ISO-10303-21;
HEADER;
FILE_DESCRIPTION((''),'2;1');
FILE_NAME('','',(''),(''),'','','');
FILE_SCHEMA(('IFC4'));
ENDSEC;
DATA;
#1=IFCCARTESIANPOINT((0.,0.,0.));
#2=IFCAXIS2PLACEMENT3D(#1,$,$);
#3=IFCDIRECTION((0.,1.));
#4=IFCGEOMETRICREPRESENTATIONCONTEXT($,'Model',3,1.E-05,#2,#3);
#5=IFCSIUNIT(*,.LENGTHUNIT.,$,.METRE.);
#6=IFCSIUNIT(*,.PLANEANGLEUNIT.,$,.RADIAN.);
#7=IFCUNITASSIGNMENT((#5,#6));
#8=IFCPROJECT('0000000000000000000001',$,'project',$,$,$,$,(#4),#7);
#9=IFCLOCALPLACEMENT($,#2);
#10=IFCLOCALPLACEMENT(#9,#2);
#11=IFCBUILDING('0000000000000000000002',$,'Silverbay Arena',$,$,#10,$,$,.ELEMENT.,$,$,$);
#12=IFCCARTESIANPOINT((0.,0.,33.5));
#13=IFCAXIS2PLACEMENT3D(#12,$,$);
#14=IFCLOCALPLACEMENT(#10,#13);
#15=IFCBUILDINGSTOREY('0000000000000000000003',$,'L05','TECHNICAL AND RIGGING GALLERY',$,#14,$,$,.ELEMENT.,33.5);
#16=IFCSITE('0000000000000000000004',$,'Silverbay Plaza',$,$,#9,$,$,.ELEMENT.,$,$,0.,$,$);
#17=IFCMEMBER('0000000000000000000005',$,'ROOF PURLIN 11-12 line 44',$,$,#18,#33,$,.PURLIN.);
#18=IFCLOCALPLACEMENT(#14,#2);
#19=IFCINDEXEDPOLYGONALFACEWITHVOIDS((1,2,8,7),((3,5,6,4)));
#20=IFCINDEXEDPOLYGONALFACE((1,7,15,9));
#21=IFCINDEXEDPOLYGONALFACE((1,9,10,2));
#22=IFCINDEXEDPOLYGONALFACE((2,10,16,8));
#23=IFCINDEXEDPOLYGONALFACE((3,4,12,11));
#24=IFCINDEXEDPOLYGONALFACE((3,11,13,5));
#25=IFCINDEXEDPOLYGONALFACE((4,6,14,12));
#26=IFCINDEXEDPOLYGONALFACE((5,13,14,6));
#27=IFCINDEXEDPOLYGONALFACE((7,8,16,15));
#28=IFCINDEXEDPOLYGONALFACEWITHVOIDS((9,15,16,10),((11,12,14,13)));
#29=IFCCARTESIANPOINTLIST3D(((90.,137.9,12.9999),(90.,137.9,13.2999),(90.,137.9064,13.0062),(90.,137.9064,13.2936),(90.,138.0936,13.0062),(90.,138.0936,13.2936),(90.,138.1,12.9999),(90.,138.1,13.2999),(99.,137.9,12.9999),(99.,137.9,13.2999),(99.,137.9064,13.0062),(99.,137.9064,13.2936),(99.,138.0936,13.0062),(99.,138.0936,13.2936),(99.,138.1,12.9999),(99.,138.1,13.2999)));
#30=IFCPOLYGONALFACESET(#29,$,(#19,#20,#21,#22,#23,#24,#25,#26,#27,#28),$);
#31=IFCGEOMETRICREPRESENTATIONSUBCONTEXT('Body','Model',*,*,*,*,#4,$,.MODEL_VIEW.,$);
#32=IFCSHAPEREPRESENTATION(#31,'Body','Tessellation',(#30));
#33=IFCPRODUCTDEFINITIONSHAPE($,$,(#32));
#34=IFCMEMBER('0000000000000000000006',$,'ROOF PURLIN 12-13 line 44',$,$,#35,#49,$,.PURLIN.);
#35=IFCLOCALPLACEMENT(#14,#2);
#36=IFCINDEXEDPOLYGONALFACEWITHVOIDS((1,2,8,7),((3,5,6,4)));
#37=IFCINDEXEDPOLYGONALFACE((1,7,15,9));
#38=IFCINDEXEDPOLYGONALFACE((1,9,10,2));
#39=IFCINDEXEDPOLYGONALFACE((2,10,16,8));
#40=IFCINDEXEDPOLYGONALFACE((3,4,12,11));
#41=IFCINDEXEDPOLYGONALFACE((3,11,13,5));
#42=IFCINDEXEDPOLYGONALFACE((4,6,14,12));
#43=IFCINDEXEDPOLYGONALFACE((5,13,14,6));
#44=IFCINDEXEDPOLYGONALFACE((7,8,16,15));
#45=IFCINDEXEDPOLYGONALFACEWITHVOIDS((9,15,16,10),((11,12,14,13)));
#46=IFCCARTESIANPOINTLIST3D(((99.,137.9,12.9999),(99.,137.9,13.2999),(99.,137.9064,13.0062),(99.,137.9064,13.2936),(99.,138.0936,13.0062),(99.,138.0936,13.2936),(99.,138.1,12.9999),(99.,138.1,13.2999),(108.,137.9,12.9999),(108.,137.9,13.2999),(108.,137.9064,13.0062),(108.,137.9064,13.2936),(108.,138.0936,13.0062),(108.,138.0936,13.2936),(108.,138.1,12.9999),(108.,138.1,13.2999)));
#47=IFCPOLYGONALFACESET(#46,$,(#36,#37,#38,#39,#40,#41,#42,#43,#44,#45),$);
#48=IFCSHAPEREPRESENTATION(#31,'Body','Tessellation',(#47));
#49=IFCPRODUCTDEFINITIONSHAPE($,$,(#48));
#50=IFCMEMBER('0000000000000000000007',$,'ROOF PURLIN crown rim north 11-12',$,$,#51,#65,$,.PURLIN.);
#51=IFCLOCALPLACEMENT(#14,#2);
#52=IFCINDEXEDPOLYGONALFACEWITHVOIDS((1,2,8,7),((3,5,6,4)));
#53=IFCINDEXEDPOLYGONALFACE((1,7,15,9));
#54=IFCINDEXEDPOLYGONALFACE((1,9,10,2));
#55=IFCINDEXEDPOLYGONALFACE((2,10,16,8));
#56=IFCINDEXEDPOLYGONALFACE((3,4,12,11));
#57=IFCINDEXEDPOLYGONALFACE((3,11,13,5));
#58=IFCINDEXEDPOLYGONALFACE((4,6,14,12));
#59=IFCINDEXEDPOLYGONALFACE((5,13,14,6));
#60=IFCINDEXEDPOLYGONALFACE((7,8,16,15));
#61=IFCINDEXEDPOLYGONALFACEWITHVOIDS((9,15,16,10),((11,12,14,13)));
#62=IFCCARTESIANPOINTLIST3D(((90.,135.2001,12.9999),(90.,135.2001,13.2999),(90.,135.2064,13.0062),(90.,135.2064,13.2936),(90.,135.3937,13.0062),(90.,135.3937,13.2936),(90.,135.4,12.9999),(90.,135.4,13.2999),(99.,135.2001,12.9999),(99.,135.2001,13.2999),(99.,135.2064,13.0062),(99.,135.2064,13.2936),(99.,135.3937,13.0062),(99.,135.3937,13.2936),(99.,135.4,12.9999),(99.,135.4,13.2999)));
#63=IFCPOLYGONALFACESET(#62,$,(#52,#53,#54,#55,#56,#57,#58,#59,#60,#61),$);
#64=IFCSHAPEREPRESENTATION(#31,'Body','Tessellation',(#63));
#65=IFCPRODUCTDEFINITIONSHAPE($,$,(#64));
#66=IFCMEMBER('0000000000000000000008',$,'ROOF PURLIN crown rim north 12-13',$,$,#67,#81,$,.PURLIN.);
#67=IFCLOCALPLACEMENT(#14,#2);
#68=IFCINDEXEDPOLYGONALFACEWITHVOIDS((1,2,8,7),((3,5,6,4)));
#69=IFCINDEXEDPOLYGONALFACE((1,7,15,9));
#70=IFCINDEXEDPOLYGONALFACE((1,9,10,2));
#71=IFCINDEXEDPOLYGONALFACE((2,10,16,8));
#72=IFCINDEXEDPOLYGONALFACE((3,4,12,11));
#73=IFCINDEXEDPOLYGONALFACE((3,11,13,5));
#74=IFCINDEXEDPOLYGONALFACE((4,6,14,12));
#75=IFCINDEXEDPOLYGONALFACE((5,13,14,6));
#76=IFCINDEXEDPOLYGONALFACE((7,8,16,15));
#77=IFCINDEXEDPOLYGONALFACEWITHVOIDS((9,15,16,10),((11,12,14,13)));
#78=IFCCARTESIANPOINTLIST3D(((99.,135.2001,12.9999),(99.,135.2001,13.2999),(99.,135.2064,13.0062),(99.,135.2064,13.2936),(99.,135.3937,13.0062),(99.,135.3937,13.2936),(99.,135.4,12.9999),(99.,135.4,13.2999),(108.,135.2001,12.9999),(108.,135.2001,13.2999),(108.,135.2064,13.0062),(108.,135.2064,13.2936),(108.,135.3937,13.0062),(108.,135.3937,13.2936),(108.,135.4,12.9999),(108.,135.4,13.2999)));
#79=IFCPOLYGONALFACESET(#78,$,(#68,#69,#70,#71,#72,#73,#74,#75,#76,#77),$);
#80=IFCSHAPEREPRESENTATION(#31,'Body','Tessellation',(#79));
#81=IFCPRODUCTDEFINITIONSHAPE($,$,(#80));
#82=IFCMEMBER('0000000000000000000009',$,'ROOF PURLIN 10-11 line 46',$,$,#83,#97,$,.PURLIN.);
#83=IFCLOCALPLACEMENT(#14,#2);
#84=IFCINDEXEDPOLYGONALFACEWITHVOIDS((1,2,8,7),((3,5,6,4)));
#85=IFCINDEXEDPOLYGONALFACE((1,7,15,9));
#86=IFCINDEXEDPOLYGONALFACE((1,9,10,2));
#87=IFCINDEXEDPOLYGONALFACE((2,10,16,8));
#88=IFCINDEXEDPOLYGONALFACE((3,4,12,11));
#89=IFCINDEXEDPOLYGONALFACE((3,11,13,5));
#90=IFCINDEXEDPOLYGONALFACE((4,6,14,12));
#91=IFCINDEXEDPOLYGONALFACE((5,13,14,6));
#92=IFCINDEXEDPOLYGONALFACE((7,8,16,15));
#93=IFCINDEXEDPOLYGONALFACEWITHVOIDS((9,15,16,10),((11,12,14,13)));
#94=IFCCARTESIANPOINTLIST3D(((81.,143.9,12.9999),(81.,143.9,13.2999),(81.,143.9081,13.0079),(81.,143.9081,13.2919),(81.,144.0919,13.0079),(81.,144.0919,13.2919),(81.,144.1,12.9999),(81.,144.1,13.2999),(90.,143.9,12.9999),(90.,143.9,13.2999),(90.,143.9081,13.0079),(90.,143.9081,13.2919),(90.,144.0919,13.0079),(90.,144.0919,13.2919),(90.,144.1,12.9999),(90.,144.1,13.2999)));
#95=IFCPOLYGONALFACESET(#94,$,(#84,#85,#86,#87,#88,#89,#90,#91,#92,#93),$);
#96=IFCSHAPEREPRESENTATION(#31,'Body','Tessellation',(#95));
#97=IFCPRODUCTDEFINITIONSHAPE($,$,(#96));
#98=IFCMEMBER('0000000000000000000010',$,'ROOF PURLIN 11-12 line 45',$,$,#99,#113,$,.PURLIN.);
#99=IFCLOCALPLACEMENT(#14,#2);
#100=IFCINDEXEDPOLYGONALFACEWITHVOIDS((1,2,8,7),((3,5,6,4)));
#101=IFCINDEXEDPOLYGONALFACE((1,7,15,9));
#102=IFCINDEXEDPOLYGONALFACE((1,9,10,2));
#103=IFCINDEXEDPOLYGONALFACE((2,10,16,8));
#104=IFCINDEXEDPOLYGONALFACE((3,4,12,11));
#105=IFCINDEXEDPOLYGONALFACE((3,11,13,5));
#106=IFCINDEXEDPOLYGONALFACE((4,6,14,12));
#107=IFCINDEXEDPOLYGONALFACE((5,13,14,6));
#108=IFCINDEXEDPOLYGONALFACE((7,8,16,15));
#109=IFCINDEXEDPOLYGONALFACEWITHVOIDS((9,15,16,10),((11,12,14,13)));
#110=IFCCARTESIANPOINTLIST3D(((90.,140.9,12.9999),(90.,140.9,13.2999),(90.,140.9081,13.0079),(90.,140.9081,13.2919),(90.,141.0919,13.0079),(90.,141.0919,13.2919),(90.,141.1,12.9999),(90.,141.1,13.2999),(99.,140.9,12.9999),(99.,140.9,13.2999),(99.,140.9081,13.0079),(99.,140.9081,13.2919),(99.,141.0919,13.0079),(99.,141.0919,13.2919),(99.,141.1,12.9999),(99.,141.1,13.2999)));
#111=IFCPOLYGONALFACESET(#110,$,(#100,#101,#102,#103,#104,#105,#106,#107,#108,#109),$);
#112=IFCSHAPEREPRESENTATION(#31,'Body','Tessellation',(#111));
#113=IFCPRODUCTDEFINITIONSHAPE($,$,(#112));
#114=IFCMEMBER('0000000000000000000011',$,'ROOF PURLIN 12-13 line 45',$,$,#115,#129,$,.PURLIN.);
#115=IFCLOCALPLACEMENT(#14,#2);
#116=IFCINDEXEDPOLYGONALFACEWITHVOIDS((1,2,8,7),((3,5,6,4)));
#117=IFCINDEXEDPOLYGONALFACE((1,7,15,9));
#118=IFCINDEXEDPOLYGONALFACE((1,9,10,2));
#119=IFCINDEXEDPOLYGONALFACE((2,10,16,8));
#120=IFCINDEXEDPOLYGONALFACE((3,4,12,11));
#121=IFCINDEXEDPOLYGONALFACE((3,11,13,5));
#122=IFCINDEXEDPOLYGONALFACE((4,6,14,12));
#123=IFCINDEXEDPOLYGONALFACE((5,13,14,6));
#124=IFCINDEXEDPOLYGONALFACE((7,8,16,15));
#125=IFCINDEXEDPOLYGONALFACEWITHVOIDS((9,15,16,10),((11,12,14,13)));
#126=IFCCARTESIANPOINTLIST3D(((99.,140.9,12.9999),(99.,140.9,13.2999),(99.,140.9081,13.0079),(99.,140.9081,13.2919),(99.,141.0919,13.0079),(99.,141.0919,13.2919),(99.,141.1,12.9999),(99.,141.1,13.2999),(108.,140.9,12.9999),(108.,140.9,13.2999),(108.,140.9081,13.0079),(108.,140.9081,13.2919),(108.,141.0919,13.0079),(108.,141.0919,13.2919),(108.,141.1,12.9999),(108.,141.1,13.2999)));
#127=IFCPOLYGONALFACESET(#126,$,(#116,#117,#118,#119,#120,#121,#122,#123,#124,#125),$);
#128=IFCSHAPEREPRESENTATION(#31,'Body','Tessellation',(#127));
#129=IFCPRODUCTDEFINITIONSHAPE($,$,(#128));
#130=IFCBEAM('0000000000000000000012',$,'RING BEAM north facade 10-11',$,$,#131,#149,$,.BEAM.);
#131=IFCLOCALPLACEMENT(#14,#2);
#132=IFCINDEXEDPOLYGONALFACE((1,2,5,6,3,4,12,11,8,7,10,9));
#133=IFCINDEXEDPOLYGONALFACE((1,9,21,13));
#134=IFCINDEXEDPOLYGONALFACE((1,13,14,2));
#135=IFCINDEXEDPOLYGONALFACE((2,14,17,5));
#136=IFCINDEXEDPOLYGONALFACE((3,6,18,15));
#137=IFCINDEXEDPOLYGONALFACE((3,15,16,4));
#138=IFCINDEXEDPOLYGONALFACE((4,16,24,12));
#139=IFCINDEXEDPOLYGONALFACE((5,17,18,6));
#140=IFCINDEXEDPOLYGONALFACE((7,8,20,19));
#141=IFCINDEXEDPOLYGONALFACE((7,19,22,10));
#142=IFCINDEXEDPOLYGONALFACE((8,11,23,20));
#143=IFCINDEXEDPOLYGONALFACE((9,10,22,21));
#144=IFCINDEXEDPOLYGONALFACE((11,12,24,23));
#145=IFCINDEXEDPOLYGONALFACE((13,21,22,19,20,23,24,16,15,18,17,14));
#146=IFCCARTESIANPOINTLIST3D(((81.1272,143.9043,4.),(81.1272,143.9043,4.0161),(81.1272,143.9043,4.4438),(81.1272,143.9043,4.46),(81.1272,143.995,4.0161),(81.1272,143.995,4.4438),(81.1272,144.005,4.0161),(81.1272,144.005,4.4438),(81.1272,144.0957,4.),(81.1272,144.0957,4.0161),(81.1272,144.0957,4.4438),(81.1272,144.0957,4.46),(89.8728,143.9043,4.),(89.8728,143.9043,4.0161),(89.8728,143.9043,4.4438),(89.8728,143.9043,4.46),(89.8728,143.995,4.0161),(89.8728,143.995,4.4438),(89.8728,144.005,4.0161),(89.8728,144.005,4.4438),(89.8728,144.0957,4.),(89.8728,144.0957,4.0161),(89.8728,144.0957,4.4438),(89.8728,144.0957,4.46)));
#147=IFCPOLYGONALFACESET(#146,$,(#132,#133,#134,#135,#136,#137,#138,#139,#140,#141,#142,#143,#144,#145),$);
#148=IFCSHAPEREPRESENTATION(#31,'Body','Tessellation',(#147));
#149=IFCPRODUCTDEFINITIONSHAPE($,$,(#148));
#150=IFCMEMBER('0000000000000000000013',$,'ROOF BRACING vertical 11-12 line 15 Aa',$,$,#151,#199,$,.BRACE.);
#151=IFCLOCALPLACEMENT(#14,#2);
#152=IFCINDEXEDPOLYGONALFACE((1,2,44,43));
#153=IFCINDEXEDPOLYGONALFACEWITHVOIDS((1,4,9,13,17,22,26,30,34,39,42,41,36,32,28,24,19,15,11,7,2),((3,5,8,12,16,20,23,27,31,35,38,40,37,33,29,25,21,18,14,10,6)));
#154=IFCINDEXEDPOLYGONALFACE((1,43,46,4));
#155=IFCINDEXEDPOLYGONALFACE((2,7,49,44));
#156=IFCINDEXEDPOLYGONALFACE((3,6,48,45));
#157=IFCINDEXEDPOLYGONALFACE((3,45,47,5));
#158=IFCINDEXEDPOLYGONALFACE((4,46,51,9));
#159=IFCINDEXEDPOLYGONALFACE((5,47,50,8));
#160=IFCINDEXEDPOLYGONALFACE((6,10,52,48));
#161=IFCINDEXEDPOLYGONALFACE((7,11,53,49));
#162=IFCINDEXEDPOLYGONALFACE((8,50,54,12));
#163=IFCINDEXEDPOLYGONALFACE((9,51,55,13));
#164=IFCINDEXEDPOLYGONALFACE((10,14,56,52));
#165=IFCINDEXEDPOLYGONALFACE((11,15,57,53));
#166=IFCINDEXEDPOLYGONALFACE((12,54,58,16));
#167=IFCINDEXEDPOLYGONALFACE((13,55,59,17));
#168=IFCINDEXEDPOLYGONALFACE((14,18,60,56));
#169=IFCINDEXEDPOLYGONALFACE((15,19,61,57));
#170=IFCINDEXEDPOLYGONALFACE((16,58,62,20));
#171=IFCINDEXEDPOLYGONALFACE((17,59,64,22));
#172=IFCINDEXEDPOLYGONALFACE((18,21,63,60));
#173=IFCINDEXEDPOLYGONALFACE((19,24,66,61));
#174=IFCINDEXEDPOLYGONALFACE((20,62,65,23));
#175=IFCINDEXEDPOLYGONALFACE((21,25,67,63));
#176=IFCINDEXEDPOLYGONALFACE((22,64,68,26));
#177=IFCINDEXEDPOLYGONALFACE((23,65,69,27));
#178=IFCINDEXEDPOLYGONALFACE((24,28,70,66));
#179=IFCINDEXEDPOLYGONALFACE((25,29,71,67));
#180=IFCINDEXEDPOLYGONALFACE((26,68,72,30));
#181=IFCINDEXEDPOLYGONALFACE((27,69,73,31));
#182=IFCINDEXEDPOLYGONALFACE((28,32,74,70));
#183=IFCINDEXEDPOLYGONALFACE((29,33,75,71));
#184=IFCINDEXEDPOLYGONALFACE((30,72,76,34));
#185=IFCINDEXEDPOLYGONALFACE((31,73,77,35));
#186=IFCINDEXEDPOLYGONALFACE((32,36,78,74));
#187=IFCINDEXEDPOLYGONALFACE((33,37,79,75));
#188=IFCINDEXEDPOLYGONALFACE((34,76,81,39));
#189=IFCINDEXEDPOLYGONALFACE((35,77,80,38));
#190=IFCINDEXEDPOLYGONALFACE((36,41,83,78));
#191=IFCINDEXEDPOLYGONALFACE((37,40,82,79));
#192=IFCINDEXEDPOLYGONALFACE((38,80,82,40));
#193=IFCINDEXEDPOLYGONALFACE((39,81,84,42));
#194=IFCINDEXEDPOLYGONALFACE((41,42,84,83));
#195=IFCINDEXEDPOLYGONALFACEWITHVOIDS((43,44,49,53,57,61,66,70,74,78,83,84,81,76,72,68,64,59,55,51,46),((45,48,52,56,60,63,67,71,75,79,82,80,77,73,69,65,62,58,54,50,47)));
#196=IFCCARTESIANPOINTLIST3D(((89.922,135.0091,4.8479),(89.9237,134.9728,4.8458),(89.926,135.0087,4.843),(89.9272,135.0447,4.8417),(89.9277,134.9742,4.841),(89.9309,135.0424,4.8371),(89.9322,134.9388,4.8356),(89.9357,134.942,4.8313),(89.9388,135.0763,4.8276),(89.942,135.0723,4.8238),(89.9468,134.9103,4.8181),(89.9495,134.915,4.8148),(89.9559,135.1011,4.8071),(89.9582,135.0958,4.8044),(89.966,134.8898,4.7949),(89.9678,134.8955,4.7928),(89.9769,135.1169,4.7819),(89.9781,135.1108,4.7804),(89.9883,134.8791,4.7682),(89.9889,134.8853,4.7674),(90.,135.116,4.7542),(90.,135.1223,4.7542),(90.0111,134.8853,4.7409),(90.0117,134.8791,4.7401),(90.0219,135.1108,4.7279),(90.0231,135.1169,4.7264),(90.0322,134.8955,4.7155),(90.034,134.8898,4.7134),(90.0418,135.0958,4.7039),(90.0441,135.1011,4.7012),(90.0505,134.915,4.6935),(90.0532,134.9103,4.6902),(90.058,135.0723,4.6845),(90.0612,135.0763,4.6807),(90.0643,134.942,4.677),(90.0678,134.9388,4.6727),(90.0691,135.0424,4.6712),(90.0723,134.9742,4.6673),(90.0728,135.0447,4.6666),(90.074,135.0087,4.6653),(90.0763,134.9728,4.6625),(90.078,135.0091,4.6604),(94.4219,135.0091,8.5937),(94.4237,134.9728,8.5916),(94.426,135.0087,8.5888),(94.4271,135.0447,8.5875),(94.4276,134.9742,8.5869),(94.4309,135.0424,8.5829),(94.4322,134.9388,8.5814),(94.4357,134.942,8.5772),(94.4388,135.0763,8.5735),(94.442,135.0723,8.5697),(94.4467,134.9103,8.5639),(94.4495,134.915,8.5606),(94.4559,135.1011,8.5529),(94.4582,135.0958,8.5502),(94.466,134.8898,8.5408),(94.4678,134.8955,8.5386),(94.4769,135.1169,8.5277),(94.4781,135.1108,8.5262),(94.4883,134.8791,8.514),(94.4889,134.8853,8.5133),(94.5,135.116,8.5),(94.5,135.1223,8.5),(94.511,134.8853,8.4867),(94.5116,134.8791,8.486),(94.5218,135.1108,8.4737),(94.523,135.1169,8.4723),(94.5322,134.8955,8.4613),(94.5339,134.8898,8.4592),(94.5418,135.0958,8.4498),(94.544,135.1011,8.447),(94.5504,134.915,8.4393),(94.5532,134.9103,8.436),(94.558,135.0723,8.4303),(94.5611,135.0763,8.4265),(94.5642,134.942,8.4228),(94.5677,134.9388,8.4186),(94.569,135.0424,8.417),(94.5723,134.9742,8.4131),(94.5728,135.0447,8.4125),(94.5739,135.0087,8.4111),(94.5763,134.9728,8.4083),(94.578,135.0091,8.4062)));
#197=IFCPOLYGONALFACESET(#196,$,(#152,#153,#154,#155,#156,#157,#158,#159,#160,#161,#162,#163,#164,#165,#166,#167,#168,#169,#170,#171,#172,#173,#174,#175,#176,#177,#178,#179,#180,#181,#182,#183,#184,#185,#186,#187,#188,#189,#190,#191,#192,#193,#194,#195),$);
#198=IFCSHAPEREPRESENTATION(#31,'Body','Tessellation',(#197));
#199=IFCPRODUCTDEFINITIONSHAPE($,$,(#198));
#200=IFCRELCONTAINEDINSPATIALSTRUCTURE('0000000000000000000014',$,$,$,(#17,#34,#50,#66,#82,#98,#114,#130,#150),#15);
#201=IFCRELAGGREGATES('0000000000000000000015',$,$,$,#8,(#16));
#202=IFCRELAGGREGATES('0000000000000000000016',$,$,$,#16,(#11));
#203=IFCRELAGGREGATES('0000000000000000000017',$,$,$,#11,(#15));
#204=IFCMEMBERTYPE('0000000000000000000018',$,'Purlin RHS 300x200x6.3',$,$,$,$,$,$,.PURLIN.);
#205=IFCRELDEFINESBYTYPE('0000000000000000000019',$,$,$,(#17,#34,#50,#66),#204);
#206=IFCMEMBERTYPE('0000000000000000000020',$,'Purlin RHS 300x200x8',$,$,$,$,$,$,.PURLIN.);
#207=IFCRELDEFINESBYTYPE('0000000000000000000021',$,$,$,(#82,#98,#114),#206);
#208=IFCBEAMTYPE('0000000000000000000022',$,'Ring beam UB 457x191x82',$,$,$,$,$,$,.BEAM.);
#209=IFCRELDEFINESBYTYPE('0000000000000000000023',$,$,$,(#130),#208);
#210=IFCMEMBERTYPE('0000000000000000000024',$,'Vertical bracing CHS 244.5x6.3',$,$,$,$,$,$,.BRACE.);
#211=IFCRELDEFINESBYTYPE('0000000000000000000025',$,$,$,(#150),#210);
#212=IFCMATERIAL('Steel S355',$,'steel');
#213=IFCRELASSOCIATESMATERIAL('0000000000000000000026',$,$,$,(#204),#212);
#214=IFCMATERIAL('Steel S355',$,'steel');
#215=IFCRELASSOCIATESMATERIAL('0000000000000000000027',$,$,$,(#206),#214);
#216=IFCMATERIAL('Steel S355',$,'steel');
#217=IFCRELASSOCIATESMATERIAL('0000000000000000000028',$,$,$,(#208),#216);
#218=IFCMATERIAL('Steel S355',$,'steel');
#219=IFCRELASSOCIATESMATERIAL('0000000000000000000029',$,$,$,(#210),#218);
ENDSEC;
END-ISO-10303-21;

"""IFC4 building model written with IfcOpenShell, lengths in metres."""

from ifc_helpers import new_model, si_unit, direction, frame, origin, origin_2d, place, context, subcontext, project, spatial, hollow_rectangle, hollow_circle, i_section, extrude, material, material_profile, profile_set, type_object, element, save


model = new_model("IFC4")

# Units and contexts
model_context = context("Model", 3, precision=1e-05, world=origin(), true_north=direction((0.0, 1.0)))
body_context = subcontext(model_context, "Body", "Model", "MODEL_VIEW")
ifc_project = project(units=[si_unit("LENGTHUNIT", "METRE"), si_unit("PLANEANGLEUNIT", "RADIAN")], contexts=[model_context])

# Site, building, storey
site_placement = place(None, origin())
site = spatial("IfcSite", under=ifc_project, at=site_placement, Name="Silverbay Plaza", CompositionType="ELEMENT", RefElevation=0.0)
building_placement = place(site_placement, origin())
building = spatial("IfcBuilding", under=site, at=building_placement, Name="Silverbay Arena", CompositionType="ELEMENT")
storey_placement = place(building_placement, frame((0.0, 0.0, 33.5)))
storey = spatial("IfcBuildingStorey", under=building, at=storey_placement, Name="L05", Description="TECHNICAL AND RIGGING GALLERY", CompositionType="ELEMENT", Elevation=33.5)

# Members
ifc_material_1 = material(Name="Steel S355", Category="steel")
ifc_material_profile_1 = material_profile(ifc_material_1, hollow_rectangle(XDim=0.2, YDim=0.3, WallThickness=0.0063, at=origin_2d()), Name="RHS 300x200x6.3")
ifc_profile_set_1 = profile_set([ifc_material_profile_1], Name="Steel S355")
member_type_1 = type_object("IfcMemberType", Name="Purlin RHS 300x200x6.3", PredefinedType="PURLIN", material=ifc_profile_set_1)
for number, where, z_axis, x_axis, name in (
    (1, (90.0, 138.0, 13.1499), (1.0, 0.0, 0.0), (0.0, 1.0, 0.0), "ROOF PURLIN 11-12 line 44"),
    (2, (99.0, 138.0, 13.1499), (1.0, 0.0, 0.0), (0.0, 1.0, 0.0), "ROOF PURLIN 12-13 line 44"),
    (3, (90.0, 135.3, 13.1499), (1.0, 0.0, 0.0), (0.0, 1.0, 0.0), "ROOF PURLIN crown rim north 11-12"),
    (4, (99.0, 135.3, 13.1499), (1.0, 0.0, 0.0), (0.0, 1.0, 0.0), "ROOF PURLIN crown rim north 12-13"),
):
    element("IfcMember", number, at=place(storey_placement, frame(where, z_axis=z_axis, x_axis=x_axis)), inside=storey, type_object=member_type_1, Name=name, PredefinedType="PURLIN", context=body_context, shape_type="SweptSolid", body=[
        extrude(hollow_rectangle(XDim=0.2, YDim=0.3, WallThickness=0.0063, at=origin_2d()), origin(), (0.0, 0.0, 1.0), 9.0),
    ])
ifc_material_2 = material(Name="Steel S355", Category="steel")
ifc_material_profile_2 = material_profile(ifc_material_2, hollow_rectangle(XDim=0.2, YDim=0.3, WallThickness=0.0081, at=origin_2d()), Name="RHS 300x200x8")
ifc_profile_set_2 = profile_set([ifc_material_profile_2], Name="Steel S355")
member_type_2 = type_object("IfcMemberType", Name="Purlin RHS 300x200x8", PredefinedType="PURLIN", material=ifc_profile_set_2)
for number, where, z_axis, x_axis, name in (
    (5, (81.0, 144.0, 13.1499), (1.0, 0.0, 0.0), (0.0, 1.0, 0.0), "ROOF PURLIN 10-11 line 46"),
    (6, (90.0, 141.0, 13.1499), (1.0, 0.0, 0.0), (0.0, 1.0, 0.0), "ROOF PURLIN 11-12 line 45"),
    (7, (99.0, 141.0, 13.1499), (1.0, 0.0, 0.0), (0.0, 1.0, 0.0), "ROOF PURLIN 12-13 line 45"),
):
    element("IfcMember", number, at=place(storey_placement, frame(where, z_axis=z_axis, x_axis=x_axis)), inside=storey, type_object=member_type_2, Name=name, PredefinedType="PURLIN", context=body_context, shape_type="SweptSolid", body=[
        extrude(hollow_rectangle(XDim=0.2, YDim=0.3, WallThickness=0.0081, at=origin_2d()), origin(), (0.0, 0.0, 1.0), 9.0),
    ])

# Beam
ifc_material_3 = material(Name="Steel S355", Category="steel")
ifc_material_profile_3 = material_profile(ifc_material_3, i_section(OverallWidth=0.1914, OverallDepth=0.46, WebThickness=0.01, FlangeThickness=0.0161, at=origin_2d()), Name="UB 457x191x82")
ifc_profile_set_3 = profile_set([ifc_material_profile_3], Name="Steel S355")
beam_type = type_object("IfcBeamType", Name="Ring beam UB 457x191x82", PredefinedType="BEAM", material=ifc_profile_set_3)
beam_placement = place(storey_placement, frame((81.1272, 144.0, 4.23), z_axis=(1.0, 0.0, 0.0), x_axis=(0.0, 1.0, 0.0)))
element("IfcBeam", 8, at=beam_placement, inside=storey, type_object=beam_type, Name="RING BEAM north facade 10-11", PredefinedType="BEAM", context=body_context, shape_type="SweptSolid", body=[
    extrude(i_section(OverallWidth=0.1914, OverallDepth=0.46, WebThickness=0.01, FlangeThickness=0.0161, at=origin_2d()), origin(), (0.0, 0.0, 1.0), 8.7456),
])

# Member
ifc_material_4 = material(Name="Steel S355", Category="steel")
ifc_material_profile_4 = material_profile(ifc_material_4, hollow_circle(Radius=0.1223, WallThickness=0.0063, at=origin_2d()), Name="CHS 244.5x6.3")
ifc_profile_set_4 = profile_set([ifc_material_profile_4], Name="Steel S355")
member_type_3 = type_object("IfcMemberType", Name="Vertical bracing CHS 244.5x6.3", PredefinedType="BRACE", material=ifc_profile_set_4)
for number, where, z_axis, x_axis, name in (
    (9, (90.0, 135.0, 4.7542), (0.76857, 0.0, 0.639766), (0.0, 1.0, 0.0), "ROOF BRACING vertical 11-12 line 15 Aa"),
):
    element("IfcMember", number, at=place(storey_placement, frame(where, z_axis=z_axis, x_axis=x_axis)), inside=storey, type_object=member_type_3, Name=name, PredefinedType="BRACE", context=body_context, shape_type="SweptSolid", body=[
        extrude(hollow_circle(Radius=0.1223, WallThickness=0.0063, at=origin_2d()), origin(), (0.0, 0.0, 1.0), 5.855),
    ])

save(model, "model.ifc")
